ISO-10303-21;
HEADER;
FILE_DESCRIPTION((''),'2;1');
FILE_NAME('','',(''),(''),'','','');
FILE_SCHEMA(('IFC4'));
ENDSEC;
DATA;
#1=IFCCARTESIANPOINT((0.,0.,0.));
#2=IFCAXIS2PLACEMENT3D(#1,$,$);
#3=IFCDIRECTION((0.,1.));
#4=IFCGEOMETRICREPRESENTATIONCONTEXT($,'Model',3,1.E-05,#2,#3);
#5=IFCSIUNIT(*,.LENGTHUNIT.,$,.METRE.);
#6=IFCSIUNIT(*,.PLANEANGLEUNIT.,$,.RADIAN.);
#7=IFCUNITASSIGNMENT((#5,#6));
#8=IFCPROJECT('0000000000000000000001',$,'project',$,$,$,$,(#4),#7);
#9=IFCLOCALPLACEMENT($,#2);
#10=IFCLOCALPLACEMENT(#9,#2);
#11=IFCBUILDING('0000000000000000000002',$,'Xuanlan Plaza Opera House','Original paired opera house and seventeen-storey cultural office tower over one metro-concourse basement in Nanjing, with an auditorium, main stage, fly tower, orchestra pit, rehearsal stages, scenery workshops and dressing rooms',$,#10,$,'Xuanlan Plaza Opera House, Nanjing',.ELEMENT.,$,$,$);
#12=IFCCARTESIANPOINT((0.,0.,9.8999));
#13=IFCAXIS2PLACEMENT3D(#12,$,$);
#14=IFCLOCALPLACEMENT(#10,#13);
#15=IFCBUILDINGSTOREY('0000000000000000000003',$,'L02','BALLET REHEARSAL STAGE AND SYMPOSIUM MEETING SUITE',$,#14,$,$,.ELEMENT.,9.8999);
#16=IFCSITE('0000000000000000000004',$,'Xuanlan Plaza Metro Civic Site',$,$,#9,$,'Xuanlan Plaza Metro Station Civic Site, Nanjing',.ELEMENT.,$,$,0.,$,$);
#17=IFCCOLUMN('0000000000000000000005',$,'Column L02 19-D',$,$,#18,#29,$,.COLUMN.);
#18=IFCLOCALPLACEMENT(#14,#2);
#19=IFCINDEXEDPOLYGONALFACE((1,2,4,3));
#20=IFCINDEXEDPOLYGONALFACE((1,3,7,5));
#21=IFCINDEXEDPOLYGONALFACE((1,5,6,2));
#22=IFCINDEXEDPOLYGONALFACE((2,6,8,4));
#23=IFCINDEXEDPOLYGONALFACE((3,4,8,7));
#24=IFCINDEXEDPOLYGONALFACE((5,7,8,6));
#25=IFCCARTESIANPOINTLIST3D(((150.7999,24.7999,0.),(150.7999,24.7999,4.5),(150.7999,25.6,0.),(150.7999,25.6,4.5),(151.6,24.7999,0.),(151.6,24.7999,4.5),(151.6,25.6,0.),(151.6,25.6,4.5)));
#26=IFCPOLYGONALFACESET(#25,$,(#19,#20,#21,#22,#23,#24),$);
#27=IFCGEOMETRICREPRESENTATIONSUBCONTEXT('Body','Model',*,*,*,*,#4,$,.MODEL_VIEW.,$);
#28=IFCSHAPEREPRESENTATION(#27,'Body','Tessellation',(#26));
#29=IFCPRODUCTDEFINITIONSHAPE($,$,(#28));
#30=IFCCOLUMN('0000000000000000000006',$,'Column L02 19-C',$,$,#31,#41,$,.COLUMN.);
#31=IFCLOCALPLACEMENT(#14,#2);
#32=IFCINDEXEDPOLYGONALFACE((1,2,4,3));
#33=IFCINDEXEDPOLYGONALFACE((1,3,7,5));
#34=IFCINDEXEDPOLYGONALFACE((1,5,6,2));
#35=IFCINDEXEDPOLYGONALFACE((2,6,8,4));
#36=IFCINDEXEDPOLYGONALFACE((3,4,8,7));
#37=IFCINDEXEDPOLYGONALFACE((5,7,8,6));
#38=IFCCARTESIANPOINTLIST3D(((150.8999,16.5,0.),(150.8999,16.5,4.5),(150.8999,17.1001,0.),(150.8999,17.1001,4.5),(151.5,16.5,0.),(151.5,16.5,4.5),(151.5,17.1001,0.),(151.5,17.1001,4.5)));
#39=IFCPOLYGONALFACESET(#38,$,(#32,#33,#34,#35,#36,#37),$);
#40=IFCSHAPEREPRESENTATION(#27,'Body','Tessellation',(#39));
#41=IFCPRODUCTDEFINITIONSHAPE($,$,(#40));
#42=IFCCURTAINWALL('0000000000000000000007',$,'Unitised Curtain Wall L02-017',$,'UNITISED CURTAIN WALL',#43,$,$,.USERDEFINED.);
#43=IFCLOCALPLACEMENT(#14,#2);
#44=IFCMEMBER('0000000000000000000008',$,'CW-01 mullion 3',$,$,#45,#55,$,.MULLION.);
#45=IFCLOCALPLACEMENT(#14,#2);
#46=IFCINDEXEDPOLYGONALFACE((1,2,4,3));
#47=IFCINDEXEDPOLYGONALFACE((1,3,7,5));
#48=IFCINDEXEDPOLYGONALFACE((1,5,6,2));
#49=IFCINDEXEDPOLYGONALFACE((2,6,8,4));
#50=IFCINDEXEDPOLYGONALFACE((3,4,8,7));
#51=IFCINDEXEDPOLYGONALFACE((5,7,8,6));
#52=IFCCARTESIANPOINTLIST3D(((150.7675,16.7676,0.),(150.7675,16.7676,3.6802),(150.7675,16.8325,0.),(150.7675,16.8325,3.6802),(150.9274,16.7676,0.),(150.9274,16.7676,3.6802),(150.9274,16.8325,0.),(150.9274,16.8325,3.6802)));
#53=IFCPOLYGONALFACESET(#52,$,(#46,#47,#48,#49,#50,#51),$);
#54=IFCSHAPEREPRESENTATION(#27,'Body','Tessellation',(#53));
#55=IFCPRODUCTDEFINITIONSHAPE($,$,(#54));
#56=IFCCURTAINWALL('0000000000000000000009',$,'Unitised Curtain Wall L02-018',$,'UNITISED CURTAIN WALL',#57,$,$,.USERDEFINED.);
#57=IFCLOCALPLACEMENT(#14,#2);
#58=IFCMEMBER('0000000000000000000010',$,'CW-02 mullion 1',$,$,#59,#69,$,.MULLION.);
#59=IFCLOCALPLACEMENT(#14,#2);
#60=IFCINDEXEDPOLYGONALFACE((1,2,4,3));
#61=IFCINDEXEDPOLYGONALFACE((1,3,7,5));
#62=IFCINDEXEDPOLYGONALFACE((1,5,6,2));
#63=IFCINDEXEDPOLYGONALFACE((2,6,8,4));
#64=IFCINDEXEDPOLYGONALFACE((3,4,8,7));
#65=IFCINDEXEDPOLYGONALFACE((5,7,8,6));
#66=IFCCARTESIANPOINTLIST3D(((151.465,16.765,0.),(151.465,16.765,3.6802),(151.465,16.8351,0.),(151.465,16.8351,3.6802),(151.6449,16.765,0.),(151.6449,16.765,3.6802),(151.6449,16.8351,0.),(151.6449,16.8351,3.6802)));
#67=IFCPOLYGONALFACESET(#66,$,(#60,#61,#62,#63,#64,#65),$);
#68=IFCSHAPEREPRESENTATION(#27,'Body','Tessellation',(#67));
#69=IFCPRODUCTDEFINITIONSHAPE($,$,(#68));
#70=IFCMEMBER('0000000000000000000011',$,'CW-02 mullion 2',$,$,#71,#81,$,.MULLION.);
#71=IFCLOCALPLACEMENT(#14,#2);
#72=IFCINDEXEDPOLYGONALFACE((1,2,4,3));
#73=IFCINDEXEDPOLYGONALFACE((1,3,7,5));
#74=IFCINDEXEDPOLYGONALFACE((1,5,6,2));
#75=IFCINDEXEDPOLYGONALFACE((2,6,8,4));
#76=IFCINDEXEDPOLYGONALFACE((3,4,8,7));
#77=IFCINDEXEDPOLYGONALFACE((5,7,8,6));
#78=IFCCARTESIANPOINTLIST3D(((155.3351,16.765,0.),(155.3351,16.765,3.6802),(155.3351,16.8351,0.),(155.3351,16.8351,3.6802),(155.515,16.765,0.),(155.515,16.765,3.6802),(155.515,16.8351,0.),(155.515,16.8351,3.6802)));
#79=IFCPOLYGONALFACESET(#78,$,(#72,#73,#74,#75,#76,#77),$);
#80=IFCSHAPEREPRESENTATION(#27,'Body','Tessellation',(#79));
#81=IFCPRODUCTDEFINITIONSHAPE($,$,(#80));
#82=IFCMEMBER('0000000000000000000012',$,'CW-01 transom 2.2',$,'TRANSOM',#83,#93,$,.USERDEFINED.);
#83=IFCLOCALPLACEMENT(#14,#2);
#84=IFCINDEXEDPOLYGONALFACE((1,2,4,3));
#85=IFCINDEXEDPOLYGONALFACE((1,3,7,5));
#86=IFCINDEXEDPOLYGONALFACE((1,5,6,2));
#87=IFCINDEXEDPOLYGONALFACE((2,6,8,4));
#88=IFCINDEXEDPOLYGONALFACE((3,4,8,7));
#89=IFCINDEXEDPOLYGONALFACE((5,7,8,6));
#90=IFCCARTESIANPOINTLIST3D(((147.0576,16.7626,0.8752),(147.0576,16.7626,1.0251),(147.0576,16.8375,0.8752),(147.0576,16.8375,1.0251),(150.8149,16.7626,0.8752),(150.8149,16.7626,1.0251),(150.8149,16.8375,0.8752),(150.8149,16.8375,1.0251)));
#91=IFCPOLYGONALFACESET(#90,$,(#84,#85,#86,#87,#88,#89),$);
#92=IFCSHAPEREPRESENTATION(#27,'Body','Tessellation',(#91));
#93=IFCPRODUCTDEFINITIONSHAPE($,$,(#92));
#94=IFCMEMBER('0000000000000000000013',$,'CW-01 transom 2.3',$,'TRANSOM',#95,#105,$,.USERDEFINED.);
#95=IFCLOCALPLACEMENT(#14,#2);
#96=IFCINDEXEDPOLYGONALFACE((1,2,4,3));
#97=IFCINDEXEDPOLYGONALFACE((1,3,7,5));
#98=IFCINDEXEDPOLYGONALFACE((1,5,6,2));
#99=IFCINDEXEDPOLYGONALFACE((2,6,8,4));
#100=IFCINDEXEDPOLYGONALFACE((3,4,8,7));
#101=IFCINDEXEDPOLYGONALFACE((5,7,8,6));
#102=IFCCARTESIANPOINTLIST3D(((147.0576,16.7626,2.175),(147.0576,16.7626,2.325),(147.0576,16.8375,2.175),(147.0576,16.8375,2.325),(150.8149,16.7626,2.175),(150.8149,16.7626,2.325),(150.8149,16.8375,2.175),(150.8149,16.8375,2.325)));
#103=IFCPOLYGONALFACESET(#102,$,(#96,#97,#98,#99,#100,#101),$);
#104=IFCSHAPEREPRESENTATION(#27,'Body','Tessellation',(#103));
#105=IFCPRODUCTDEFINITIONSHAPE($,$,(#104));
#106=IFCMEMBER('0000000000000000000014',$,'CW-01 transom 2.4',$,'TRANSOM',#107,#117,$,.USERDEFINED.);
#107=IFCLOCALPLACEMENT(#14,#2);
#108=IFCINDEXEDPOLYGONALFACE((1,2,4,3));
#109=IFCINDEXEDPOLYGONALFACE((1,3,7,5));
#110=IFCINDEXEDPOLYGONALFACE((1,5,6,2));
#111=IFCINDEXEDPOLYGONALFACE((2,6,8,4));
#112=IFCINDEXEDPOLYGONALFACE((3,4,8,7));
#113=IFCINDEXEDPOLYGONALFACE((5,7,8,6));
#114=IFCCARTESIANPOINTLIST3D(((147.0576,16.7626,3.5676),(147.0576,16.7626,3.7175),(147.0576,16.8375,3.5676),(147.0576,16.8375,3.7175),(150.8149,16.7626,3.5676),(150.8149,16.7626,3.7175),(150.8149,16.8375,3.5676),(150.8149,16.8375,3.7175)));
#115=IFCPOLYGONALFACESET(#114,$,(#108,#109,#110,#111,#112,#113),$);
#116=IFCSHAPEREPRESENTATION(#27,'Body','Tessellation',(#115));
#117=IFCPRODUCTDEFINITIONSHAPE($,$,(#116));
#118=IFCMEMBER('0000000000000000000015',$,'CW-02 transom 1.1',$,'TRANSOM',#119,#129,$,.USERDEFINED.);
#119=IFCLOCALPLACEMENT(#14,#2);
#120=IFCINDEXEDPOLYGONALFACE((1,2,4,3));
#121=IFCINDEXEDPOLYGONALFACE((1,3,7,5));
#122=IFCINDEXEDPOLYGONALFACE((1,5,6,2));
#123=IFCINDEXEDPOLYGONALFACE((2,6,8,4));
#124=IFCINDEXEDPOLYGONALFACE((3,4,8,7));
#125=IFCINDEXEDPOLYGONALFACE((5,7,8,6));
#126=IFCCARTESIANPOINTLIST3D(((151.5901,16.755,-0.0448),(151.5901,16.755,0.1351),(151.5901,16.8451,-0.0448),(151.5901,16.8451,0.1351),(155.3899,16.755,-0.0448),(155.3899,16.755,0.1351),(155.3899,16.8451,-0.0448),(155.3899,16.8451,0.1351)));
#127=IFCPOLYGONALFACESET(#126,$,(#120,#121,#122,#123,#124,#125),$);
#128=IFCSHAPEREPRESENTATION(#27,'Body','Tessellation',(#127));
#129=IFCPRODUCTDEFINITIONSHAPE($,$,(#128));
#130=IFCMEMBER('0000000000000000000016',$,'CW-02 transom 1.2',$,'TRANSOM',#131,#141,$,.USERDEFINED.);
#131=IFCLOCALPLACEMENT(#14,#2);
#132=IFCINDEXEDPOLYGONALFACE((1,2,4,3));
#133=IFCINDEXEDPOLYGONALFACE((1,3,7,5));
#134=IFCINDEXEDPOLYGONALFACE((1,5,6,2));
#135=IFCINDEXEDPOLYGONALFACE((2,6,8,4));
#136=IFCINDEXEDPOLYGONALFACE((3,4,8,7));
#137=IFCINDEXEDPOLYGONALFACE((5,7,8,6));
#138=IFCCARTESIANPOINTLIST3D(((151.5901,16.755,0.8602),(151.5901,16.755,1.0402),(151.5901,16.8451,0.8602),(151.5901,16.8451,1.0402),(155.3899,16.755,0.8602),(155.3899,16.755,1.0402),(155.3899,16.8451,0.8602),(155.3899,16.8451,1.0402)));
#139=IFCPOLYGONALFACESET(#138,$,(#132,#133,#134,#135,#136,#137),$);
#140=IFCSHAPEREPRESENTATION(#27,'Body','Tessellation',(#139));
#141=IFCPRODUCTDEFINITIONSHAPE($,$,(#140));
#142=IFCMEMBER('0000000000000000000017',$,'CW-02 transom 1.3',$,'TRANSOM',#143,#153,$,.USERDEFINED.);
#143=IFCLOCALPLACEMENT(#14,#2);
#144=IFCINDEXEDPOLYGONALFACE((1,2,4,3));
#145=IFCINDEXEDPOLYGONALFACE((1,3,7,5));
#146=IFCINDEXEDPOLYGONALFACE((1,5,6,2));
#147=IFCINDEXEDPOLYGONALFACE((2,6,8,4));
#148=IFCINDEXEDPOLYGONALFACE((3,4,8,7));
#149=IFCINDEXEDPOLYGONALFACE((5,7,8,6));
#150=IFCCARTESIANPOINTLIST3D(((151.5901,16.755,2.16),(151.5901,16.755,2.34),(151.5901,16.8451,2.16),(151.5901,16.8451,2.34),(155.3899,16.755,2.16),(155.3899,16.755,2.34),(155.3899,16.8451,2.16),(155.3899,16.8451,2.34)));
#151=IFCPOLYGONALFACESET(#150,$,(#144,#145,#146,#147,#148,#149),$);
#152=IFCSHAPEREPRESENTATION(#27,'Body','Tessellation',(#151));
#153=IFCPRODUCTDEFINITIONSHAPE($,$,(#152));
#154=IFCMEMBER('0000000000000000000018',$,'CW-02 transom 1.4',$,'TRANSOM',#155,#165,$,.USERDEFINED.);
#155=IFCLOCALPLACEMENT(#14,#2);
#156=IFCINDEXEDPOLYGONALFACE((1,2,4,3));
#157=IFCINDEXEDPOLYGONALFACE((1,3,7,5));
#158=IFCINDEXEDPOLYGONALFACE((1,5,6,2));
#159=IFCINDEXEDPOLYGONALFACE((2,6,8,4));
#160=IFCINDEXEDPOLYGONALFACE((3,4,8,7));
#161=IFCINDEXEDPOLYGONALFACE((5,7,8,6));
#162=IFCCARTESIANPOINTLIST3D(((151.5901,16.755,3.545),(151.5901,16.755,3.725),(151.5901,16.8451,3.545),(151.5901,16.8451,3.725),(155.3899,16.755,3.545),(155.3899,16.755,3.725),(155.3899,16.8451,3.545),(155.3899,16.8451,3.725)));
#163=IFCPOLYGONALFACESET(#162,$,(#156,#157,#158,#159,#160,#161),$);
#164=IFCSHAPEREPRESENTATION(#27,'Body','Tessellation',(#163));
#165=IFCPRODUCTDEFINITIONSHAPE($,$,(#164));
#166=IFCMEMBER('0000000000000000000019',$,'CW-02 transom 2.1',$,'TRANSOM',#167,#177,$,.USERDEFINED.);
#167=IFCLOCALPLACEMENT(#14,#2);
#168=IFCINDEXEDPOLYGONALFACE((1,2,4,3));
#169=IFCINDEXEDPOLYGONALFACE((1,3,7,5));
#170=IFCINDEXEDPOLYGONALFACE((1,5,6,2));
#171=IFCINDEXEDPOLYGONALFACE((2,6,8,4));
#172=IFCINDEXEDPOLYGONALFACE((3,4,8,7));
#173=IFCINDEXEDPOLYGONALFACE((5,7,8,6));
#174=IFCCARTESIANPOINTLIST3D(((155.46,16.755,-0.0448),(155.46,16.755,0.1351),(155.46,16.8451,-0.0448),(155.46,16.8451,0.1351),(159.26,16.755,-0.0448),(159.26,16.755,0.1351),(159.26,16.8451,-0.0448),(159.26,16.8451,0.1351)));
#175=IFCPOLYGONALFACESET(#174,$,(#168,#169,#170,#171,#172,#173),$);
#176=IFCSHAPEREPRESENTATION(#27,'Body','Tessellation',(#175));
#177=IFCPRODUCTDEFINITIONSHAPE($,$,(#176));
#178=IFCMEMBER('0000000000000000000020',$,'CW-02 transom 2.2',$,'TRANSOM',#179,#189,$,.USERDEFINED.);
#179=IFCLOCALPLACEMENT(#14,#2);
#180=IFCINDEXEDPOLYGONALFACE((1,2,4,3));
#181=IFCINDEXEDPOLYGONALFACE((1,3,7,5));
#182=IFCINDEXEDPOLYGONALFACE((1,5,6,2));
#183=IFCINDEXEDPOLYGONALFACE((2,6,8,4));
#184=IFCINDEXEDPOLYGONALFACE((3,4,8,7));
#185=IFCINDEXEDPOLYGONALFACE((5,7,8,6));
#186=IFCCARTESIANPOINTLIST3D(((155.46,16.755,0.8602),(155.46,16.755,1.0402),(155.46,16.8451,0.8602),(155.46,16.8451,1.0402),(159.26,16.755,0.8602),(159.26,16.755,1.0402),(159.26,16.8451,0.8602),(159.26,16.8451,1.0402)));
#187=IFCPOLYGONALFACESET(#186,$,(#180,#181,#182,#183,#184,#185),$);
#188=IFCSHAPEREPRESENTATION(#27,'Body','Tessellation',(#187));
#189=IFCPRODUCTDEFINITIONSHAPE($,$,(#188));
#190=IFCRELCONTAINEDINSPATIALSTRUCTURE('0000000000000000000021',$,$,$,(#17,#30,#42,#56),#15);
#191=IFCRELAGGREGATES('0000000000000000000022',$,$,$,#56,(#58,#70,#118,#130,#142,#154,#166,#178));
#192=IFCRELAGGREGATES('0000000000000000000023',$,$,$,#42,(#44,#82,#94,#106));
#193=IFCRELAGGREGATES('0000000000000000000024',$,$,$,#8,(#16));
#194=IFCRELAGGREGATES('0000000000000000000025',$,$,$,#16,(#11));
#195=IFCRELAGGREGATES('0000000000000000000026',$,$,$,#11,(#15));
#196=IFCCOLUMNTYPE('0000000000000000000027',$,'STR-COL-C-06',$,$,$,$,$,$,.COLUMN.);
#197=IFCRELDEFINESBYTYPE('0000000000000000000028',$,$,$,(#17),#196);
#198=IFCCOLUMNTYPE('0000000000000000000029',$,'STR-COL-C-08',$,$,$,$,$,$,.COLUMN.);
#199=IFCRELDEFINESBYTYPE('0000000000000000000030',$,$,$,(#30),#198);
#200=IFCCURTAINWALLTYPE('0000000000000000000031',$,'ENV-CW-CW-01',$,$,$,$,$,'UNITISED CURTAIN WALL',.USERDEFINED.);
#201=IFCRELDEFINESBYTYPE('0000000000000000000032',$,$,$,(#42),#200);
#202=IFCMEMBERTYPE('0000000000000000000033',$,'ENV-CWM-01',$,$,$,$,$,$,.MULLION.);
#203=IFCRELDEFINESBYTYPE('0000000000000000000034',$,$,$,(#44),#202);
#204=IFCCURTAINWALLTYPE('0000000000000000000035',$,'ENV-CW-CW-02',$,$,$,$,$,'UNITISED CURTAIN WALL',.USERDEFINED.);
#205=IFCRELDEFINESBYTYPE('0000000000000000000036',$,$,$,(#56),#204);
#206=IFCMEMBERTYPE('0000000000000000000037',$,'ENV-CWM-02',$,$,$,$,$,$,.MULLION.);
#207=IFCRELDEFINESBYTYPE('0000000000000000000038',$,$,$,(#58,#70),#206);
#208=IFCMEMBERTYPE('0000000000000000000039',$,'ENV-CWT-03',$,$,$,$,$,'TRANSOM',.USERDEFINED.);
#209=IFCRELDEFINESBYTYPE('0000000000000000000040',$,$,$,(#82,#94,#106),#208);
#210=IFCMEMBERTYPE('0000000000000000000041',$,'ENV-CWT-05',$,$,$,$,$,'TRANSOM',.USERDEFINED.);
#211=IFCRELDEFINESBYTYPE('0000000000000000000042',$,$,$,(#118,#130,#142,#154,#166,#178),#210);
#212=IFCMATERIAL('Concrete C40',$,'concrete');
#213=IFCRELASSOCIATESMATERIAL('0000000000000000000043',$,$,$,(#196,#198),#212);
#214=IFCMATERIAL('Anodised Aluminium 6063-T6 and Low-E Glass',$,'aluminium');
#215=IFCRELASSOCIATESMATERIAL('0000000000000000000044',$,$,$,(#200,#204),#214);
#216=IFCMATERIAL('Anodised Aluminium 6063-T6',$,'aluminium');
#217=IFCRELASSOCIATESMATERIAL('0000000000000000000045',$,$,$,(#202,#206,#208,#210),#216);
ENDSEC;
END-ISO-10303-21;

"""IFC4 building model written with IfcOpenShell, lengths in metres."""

from ifc_helpers import new_model, si_unit, direction, frame, origin, origin_2d, place, context, subcontext, project, spatial, rectangle, extrude, material, material_profile, profile_set, type_object, element, aggregate, save


model = new_model("IFC4")

# Units and contexts
model_context = context("Model", 3, precision=1e-05, world=origin(), true_north=direction((0.0, 1.0)))
body_context = subcontext(model_context, "Body", "Model", "MODEL_VIEW")
ifc_project = project(units=[si_unit("LENGTHUNIT", "METRE"), si_unit("PLANEANGLEUNIT", "RADIAN")], contexts=[model_context])

# Site, building, storey
site_placement = place(None, origin())
site = spatial("IfcSite", under=ifc_project, at=site_placement, Name="Xuanlan Plaza Metro Civic Site", LongName="Xuanlan Plaza Metro Station Civic Site, Nanjing", CompositionType="ELEMENT", RefElevation=0.0)
building_placement = place(site_placement, origin())
building = spatial("IfcBuilding", under=site, at=building_placement, Name="Xuanlan Plaza Opera House", Description="Original paired opera house and seventeen-storey cultural office tower over one metro-concourse basement in Nanjing, with an auditorium, main stage, fly tower, orchestra pit, rehearsal stages, scenery workshops and dressing rooms", LongName="Xuanlan Plaza Opera House, Nanjing", CompositionType="ELEMENT")
storey_placement = place(building_placement, frame((0.0, 0.0, 9.8999)))
storey = spatial("IfcBuildingStorey", under=building, at=storey_placement, Name="L02", Description="BALLET REHEARSAL STAGE AND SYMPOSIUM MEETING SUITE", CompositionType="ELEMENT", Elevation=9.8999)

# Columns
ifc_material_1 = material(Name="Concrete C40", Category="concrete")
ifc_material_profile_1 = material_profile(ifc_material_1, rectangle(XDim=0.8, YDim=0.8, at=origin_2d()), Name="RC-COL 800x800")
ifc_profile_set_1 = profile_set([ifc_material_profile_1], Name="Concrete C40")
column_type_1 = type_object("IfcColumnType", Name="STR-COL-C-06", PredefinedType="COLUMN", material=ifc_profile_set_1)
column_1_placement = place(storey_placement, frame((151.2, 25.2, 0.0), z_axis=(0.0, 0.0, 1.0), x_axis=(1.0, 0.0, 0.0)))
element("IfcColumn", 1, at=column_1_placement, inside=storey, type_object=column_type_1, Name="Column L02 19-D", PredefinedType="COLUMN", context=body_context, shape_type="SweptSolid", body=[
    extrude(rectangle(XDim=0.8, YDim=0.8, at=origin_2d()), origin(), (0.0, 0.0, 1.0), 4.5),
])
ifc_material_profile_2 = material_profile(ifc_material_1, rectangle(XDim=0.6001, YDim=0.6001, at=origin_2d()), Name="RC-COL 600x600")
ifc_profile_set_2 = profile_set([ifc_material_profile_2], Name="Concrete C40")
column_type_2 = type_object("IfcColumnType", Name="STR-COL-C-08", PredefinedType="COLUMN", material=ifc_profile_set_2)
column_2_placement = place(storey_placement, frame((151.2, 16.8, 0.0), z_axis=(0.0, 0.0, 1.0), x_axis=(1.0, 0.0, 0.0)))
element("IfcColumn", 2, at=column_2_placement, inside=storey, type_object=column_type_2, Name="Column L02 19-C", PredefinedType="COLUMN", context=body_context, shape_type="SweptSolid", body=[
    extrude(rectangle(XDim=0.6001, YDim=0.6001, at=origin_2d()), origin(), (0.0, 0.0, 1.0), 4.5),
])

# Curtain wall, member
ifc_material_2 = material(Name="Anodised Aluminium 6063-T6 and Low-E Glass", Category="aluminium")
curtain_wall_type_1 = type_object("IfcCurtainWallType", Name="ENV-CW-CW-01", ElementType="UNITISED CURTAIN WALL", PredefinedType="USERDEFINED", material=ifc_material_2)
curtain_wall_1_placement = place(storey_placement, origin())
curtain_wall_1 = element("IfcCurtainWall", 3, at=curtain_wall_1_placement, inside=storey, type_object=curtain_wall_type_1, Name="Unitised Curtain Wall L02-017", ObjectType="UNITISED CURTAIN WALL", PredefinedType="USERDEFINED")
ifc_material_3 = material(Name="Anodised Aluminium 6063-T6", Category="aluminium")
ifc_material_profile_3 = material_profile(ifc_material_3, rectangle(XDim=0.0649, YDim=0.1599, at=origin_2d()), Name="ALU-M 65x160")
ifc_profile_set_3 = profile_set([ifc_material_profile_3], Name="Anodised Aluminium 6063-T6")
member_type_1 = type_object("IfcMemberType", Name="ENV-CWM-01", PredefinedType="MULLION", material=ifc_profile_set_3)
member_1_placement = place(storey_placement, frame((150.8474, 16.8, 0.0), z_axis=(0.0, 0.0, 1.0), x_axis=(0.0, 1.0, 0.0)))
member_1 = element("IfcMember", 4, at=member_1_placement, type_object=member_type_1, Name="CW-01 mullion 3", PredefinedType="MULLION", context=body_context, shape_type="SweptSolid", body=[
    extrude(rectangle(XDim=0.0649, YDim=0.1599, at=origin_2d()), origin(), (0.0, 0.0, 1.0), 3.6802),
])

# Curtain wall, members
curtain_wall_type_2 = type_object("IfcCurtainWallType", Name="ENV-CW-CW-02", ElementType="UNITISED CURTAIN WALL", PredefinedType="USERDEFINED", material=ifc_material_2)
curtain_wall_2_placement = place(storey_placement, origin())
curtain_wall_2 = element("IfcCurtainWall", 5, at=curtain_wall_2_placement, inside=storey, type_object=curtain_wall_type_2, Name="Unitised Curtain Wall L02-018", ObjectType="UNITISED CURTAIN WALL", PredefinedType="USERDEFINED")
ifc_material_profile_4 = material_profile(ifc_material_3, rectangle(XDim=0.0701, YDim=0.1799, at=origin_2d()), Name="ALU-M 70x180")
ifc_profile_set_4 = profile_set([ifc_material_profile_4], Name="Anodised Aluminium 6063-T6")
member_type_2 = type_object("IfcMemberType", Name="ENV-CWM-02", PredefinedType="MULLION", material=ifc_profile_set_4)
member_2_placement = place(storey_placement, frame((151.5549, 16.8, 0.0), z_axis=(0.0, 0.0, 1.0), x_axis=(0.0, 1.0, 0.0)))
member_2 = element("IfcMember", 6, at=member_2_placement, type_object=member_type_2, Name="CW-02 mullion 1", PredefinedType="MULLION", context=body_context, shape_type="SweptSolid", body=[
    extrude(rectangle(XDim=0.0701, YDim=0.1799, at=origin_2d()), origin(), (0.0, 0.0, 1.0), 3.6802),
])
member_3_placement = place(storey_placement, frame((155.425, 16.8, 0.0), z_axis=(0.0, 0.0, 1.0), x_axis=(0.0, 1.0, 0.0)))
member_3 = element("IfcMember", 7, at=member_3_placement, type_object=member_type_2, Name="CW-02 mullion 2", PredefinedType="MULLION", context=body_context, shape_type="SweptSolid", body=[
    extrude(rectangle(XDim=0.0701, YDim=0.1799, at=origin_2d()), origin(), (0.0, 0.0, 1.0), 3.6802),
])

# Members
ifc_material_profile_5 = material_profile(ifc_material_3, rectangle(XDim=0.075, YDim=0.1499, at=origin_2d()), Name="ALU-T 75x150")
ifc_profile_set_5 = profile_set([ifc_material_profile_5], Name="Anodised Aluminium 6063-T6")
member_type_3 = type_object("IfcMemberType", Name="ENV-CWT-03", ElementType="TRANSOM", PredefinedType="USERDEFINED", material=ifc_profile_set_5)
member_4_placement = place(storey_placement, frame((147.0576, 16.8, 0.9502), z_axis=(1.0, 0.0, 0.0), x_axis=(0.0, 1.0, 0.0)))
member_4 = element("IfcMember", 8, at=member_4_placement, type_object=member_type_3, Name="CW-01 transom 2.2", ObjectType="TRANSOM", PredefinedType="USERDEFINED", context=body_context, shape_type="SweptSolid", body=[
    extrude(rectangle(XDim=0.075, YDim=0.1499, at=origin_2d()), origin(), (0.0, 0.0, 1.0), 3.7573),
])
member_5_placement = place(storey_placement, frame((147.0576, 16.8, 2.25), z_axis=(1.0, 0.0, 0.0), x_axis=(0.0, 1.0, 0.0)))
member_5 = element("IfcMember", 9, at=member_5_placement, type_object=member_type_3, Name="CW-01 transom 2.3", ObjectType="TRANSOM", PredefinedType="USERDEFINED", context=body_context, shape_type="SweptSolid", body=[
    extrude(rectangle(XDim=0.075, YDim=0.1499, at=origin_2d()), origin(), (0.0, 0.0, 1.0), 3.7573),
])
member_6_placement = place(storey_placement, frame((147.0576, 16.8, 3.6426), z_axis=(1.0, 0.0, 0.0), x_axis=(0.0, 1.0, 0.0)))
member_6 = element("IfcMember", 10, at=member_6_placement, type_object=member_type_3, Name="CW-01 transom 2.4", ObjectType="TRANSOM", PredefinedType="USERDEFINED", context=body_context, shape_type="SweptSolid", body=[
    extrude(rectangle(XDim=0.075, YDim=0.1499, at=origin_2d()), origin(), (0.0, 0.0, 1.0), 3.7573),
])
ifc_material_profile_6 = material_profile(ifc_material_3, rectangle(XDim=0.0901, YDim=0.1799, at=origin_2d()), Name="ALU-T 90x180")
ifc_profile_set_6 = profile_set([ifc_material_profile_6], Name="Anodised Aluminium 6063-T6")
member_type_4 = type_object("IfcMemberType", Name="ENV-CWT-05", ElementType="TRANSOM", PredefinedType="USERDEFINED", material=ifc_profile_set_6)
member_7_placement = place(storey_placement, frame((151.5901, 16.8, 0.0452), z_axis=(1.0, 0.0, 0.0), x_axis=(0.0, 1.0, 0.0)))
member_7 = element("IfcMember", 11, at=member_7_placement, type_object=member_type_4, Name="CW-02 transom 1.1", ObjectType="TRANSOM", PredefinedType="USERDEFINED", context=body_context, shape_type="SweptSolid", body=[
    extrude(rectangle(XDim=0.0901, YDim=0.1799, at=origin_2d()), origin(), (0.0, 0.0, 1.0), 3.7998),
])
member_8_placement = place(storey_placement, frame((151.5901, 16.8, 0.9502), z_axis=(1.0, 0.0, 0.0), x_axis=(0.0, 1.0, 0.0)))
member_8 = element("IfcMember", 12, at=member_8_placement, type_object=member_type_4, Name="CW-02 transom 1.2", ObjectType="TRANSOM", PredefinedType="USERDEFINED", context=body_context, shape_type="SweptSolid", body=[
    extrude(rectangle(XDim=0.0901, YDim=0.1799, at=origin_2d()), origin(), (0.0, 0.0, 1.0), 3.7998),
])
member_9_placement = place(storey_placement, frame((151.5901, 16.8, 2.25), z_axis=(1.0, 0.0, 0.0), x_axis=(0.0, 1.0, 0.0)))
member_9 = element("IfcMember", 13, at=member_9_placement, type_object=member_type_4, Name="CW-02 transom 1.3", ObjectType="TRANSOM", PredefinedType="USERDEFINED", context=body_context, shape_type="SweptSolid", body=[
    extrude(rectangle(XDim=0.0901, YDim=0.1799, at=origin_2d()), origin(), (0.0, 0.0, 1.0), 3.7998),
])
member_10_placement = place(storey_placement, frame((151.5901, 16.8, 3.635), z_axis=(1.0, 0.0, 0.0), x_axis=(0.0, 1.0, 0.0)))
member_10 = element("IfcMember", 14, at=member_10_placement, type_object=member_type_4, Name="CW-02 transom 1.4", ObjectType="TRANSOM", PredefinedType="USERDEFINED", context=body_context, shape_type="SweptSolid", body=[
    extrude(rectangle(XDim=0.0901, YDim=0.1799, at=origin_2d()), origin(), (0.0, 0.0, 1.0), 3.7998),
])
member_11_placement = place(storey_placement, frame((155.46, 16.8, 0.0452), z_axis=(1.0, 0.0, 0.0), x_axis=(0.0, 1.0, 0.0)))
member_11 = element("IfcMember", 15, at=member_11_placement, type_object=member_type_4, Name="CW-02 transom 2.1", ObjectType="TRANSOM", PredefinedType="USERDEFINED", context=body_context, shape_type="SweptSolid", body=[
    extrude(rectangle(XDim=0.0901, YDim=0.1799, at=origin_2d()), origin(), (0.0, 0.0, 1.0), 3.8),
])
member_12_placement = place(storey_placement, frame((155.46, 16.8, 0.9502), z_axis=(1.0, 0.0, 0.0), x_axis=(0.0, 1.0, 0.0)))
member_12 = element("IfcMember", 16, at=member_12_placement, type_object=member_type_4, Name="CW-02 transom 2.2", ObjectType="TRANSOM", PredefinedType="USERDEFINED", context=body_context, shape_type="SweptSolid", body=[
    extrude(rectangle(XDim=0.0901, YDim=0.1799, at=origin_2d()), origin(), (0.0, 0.0, 1.0), 3.8),
])

aggregate(curtain_wall_2, [member_2, member_3, member_7, member_8, member_9, member_10, member_11, member_12])
aggregate(curtain_wall_1, [member_1, member_4, member_5, member_6])

save(model, "model.ifc")
